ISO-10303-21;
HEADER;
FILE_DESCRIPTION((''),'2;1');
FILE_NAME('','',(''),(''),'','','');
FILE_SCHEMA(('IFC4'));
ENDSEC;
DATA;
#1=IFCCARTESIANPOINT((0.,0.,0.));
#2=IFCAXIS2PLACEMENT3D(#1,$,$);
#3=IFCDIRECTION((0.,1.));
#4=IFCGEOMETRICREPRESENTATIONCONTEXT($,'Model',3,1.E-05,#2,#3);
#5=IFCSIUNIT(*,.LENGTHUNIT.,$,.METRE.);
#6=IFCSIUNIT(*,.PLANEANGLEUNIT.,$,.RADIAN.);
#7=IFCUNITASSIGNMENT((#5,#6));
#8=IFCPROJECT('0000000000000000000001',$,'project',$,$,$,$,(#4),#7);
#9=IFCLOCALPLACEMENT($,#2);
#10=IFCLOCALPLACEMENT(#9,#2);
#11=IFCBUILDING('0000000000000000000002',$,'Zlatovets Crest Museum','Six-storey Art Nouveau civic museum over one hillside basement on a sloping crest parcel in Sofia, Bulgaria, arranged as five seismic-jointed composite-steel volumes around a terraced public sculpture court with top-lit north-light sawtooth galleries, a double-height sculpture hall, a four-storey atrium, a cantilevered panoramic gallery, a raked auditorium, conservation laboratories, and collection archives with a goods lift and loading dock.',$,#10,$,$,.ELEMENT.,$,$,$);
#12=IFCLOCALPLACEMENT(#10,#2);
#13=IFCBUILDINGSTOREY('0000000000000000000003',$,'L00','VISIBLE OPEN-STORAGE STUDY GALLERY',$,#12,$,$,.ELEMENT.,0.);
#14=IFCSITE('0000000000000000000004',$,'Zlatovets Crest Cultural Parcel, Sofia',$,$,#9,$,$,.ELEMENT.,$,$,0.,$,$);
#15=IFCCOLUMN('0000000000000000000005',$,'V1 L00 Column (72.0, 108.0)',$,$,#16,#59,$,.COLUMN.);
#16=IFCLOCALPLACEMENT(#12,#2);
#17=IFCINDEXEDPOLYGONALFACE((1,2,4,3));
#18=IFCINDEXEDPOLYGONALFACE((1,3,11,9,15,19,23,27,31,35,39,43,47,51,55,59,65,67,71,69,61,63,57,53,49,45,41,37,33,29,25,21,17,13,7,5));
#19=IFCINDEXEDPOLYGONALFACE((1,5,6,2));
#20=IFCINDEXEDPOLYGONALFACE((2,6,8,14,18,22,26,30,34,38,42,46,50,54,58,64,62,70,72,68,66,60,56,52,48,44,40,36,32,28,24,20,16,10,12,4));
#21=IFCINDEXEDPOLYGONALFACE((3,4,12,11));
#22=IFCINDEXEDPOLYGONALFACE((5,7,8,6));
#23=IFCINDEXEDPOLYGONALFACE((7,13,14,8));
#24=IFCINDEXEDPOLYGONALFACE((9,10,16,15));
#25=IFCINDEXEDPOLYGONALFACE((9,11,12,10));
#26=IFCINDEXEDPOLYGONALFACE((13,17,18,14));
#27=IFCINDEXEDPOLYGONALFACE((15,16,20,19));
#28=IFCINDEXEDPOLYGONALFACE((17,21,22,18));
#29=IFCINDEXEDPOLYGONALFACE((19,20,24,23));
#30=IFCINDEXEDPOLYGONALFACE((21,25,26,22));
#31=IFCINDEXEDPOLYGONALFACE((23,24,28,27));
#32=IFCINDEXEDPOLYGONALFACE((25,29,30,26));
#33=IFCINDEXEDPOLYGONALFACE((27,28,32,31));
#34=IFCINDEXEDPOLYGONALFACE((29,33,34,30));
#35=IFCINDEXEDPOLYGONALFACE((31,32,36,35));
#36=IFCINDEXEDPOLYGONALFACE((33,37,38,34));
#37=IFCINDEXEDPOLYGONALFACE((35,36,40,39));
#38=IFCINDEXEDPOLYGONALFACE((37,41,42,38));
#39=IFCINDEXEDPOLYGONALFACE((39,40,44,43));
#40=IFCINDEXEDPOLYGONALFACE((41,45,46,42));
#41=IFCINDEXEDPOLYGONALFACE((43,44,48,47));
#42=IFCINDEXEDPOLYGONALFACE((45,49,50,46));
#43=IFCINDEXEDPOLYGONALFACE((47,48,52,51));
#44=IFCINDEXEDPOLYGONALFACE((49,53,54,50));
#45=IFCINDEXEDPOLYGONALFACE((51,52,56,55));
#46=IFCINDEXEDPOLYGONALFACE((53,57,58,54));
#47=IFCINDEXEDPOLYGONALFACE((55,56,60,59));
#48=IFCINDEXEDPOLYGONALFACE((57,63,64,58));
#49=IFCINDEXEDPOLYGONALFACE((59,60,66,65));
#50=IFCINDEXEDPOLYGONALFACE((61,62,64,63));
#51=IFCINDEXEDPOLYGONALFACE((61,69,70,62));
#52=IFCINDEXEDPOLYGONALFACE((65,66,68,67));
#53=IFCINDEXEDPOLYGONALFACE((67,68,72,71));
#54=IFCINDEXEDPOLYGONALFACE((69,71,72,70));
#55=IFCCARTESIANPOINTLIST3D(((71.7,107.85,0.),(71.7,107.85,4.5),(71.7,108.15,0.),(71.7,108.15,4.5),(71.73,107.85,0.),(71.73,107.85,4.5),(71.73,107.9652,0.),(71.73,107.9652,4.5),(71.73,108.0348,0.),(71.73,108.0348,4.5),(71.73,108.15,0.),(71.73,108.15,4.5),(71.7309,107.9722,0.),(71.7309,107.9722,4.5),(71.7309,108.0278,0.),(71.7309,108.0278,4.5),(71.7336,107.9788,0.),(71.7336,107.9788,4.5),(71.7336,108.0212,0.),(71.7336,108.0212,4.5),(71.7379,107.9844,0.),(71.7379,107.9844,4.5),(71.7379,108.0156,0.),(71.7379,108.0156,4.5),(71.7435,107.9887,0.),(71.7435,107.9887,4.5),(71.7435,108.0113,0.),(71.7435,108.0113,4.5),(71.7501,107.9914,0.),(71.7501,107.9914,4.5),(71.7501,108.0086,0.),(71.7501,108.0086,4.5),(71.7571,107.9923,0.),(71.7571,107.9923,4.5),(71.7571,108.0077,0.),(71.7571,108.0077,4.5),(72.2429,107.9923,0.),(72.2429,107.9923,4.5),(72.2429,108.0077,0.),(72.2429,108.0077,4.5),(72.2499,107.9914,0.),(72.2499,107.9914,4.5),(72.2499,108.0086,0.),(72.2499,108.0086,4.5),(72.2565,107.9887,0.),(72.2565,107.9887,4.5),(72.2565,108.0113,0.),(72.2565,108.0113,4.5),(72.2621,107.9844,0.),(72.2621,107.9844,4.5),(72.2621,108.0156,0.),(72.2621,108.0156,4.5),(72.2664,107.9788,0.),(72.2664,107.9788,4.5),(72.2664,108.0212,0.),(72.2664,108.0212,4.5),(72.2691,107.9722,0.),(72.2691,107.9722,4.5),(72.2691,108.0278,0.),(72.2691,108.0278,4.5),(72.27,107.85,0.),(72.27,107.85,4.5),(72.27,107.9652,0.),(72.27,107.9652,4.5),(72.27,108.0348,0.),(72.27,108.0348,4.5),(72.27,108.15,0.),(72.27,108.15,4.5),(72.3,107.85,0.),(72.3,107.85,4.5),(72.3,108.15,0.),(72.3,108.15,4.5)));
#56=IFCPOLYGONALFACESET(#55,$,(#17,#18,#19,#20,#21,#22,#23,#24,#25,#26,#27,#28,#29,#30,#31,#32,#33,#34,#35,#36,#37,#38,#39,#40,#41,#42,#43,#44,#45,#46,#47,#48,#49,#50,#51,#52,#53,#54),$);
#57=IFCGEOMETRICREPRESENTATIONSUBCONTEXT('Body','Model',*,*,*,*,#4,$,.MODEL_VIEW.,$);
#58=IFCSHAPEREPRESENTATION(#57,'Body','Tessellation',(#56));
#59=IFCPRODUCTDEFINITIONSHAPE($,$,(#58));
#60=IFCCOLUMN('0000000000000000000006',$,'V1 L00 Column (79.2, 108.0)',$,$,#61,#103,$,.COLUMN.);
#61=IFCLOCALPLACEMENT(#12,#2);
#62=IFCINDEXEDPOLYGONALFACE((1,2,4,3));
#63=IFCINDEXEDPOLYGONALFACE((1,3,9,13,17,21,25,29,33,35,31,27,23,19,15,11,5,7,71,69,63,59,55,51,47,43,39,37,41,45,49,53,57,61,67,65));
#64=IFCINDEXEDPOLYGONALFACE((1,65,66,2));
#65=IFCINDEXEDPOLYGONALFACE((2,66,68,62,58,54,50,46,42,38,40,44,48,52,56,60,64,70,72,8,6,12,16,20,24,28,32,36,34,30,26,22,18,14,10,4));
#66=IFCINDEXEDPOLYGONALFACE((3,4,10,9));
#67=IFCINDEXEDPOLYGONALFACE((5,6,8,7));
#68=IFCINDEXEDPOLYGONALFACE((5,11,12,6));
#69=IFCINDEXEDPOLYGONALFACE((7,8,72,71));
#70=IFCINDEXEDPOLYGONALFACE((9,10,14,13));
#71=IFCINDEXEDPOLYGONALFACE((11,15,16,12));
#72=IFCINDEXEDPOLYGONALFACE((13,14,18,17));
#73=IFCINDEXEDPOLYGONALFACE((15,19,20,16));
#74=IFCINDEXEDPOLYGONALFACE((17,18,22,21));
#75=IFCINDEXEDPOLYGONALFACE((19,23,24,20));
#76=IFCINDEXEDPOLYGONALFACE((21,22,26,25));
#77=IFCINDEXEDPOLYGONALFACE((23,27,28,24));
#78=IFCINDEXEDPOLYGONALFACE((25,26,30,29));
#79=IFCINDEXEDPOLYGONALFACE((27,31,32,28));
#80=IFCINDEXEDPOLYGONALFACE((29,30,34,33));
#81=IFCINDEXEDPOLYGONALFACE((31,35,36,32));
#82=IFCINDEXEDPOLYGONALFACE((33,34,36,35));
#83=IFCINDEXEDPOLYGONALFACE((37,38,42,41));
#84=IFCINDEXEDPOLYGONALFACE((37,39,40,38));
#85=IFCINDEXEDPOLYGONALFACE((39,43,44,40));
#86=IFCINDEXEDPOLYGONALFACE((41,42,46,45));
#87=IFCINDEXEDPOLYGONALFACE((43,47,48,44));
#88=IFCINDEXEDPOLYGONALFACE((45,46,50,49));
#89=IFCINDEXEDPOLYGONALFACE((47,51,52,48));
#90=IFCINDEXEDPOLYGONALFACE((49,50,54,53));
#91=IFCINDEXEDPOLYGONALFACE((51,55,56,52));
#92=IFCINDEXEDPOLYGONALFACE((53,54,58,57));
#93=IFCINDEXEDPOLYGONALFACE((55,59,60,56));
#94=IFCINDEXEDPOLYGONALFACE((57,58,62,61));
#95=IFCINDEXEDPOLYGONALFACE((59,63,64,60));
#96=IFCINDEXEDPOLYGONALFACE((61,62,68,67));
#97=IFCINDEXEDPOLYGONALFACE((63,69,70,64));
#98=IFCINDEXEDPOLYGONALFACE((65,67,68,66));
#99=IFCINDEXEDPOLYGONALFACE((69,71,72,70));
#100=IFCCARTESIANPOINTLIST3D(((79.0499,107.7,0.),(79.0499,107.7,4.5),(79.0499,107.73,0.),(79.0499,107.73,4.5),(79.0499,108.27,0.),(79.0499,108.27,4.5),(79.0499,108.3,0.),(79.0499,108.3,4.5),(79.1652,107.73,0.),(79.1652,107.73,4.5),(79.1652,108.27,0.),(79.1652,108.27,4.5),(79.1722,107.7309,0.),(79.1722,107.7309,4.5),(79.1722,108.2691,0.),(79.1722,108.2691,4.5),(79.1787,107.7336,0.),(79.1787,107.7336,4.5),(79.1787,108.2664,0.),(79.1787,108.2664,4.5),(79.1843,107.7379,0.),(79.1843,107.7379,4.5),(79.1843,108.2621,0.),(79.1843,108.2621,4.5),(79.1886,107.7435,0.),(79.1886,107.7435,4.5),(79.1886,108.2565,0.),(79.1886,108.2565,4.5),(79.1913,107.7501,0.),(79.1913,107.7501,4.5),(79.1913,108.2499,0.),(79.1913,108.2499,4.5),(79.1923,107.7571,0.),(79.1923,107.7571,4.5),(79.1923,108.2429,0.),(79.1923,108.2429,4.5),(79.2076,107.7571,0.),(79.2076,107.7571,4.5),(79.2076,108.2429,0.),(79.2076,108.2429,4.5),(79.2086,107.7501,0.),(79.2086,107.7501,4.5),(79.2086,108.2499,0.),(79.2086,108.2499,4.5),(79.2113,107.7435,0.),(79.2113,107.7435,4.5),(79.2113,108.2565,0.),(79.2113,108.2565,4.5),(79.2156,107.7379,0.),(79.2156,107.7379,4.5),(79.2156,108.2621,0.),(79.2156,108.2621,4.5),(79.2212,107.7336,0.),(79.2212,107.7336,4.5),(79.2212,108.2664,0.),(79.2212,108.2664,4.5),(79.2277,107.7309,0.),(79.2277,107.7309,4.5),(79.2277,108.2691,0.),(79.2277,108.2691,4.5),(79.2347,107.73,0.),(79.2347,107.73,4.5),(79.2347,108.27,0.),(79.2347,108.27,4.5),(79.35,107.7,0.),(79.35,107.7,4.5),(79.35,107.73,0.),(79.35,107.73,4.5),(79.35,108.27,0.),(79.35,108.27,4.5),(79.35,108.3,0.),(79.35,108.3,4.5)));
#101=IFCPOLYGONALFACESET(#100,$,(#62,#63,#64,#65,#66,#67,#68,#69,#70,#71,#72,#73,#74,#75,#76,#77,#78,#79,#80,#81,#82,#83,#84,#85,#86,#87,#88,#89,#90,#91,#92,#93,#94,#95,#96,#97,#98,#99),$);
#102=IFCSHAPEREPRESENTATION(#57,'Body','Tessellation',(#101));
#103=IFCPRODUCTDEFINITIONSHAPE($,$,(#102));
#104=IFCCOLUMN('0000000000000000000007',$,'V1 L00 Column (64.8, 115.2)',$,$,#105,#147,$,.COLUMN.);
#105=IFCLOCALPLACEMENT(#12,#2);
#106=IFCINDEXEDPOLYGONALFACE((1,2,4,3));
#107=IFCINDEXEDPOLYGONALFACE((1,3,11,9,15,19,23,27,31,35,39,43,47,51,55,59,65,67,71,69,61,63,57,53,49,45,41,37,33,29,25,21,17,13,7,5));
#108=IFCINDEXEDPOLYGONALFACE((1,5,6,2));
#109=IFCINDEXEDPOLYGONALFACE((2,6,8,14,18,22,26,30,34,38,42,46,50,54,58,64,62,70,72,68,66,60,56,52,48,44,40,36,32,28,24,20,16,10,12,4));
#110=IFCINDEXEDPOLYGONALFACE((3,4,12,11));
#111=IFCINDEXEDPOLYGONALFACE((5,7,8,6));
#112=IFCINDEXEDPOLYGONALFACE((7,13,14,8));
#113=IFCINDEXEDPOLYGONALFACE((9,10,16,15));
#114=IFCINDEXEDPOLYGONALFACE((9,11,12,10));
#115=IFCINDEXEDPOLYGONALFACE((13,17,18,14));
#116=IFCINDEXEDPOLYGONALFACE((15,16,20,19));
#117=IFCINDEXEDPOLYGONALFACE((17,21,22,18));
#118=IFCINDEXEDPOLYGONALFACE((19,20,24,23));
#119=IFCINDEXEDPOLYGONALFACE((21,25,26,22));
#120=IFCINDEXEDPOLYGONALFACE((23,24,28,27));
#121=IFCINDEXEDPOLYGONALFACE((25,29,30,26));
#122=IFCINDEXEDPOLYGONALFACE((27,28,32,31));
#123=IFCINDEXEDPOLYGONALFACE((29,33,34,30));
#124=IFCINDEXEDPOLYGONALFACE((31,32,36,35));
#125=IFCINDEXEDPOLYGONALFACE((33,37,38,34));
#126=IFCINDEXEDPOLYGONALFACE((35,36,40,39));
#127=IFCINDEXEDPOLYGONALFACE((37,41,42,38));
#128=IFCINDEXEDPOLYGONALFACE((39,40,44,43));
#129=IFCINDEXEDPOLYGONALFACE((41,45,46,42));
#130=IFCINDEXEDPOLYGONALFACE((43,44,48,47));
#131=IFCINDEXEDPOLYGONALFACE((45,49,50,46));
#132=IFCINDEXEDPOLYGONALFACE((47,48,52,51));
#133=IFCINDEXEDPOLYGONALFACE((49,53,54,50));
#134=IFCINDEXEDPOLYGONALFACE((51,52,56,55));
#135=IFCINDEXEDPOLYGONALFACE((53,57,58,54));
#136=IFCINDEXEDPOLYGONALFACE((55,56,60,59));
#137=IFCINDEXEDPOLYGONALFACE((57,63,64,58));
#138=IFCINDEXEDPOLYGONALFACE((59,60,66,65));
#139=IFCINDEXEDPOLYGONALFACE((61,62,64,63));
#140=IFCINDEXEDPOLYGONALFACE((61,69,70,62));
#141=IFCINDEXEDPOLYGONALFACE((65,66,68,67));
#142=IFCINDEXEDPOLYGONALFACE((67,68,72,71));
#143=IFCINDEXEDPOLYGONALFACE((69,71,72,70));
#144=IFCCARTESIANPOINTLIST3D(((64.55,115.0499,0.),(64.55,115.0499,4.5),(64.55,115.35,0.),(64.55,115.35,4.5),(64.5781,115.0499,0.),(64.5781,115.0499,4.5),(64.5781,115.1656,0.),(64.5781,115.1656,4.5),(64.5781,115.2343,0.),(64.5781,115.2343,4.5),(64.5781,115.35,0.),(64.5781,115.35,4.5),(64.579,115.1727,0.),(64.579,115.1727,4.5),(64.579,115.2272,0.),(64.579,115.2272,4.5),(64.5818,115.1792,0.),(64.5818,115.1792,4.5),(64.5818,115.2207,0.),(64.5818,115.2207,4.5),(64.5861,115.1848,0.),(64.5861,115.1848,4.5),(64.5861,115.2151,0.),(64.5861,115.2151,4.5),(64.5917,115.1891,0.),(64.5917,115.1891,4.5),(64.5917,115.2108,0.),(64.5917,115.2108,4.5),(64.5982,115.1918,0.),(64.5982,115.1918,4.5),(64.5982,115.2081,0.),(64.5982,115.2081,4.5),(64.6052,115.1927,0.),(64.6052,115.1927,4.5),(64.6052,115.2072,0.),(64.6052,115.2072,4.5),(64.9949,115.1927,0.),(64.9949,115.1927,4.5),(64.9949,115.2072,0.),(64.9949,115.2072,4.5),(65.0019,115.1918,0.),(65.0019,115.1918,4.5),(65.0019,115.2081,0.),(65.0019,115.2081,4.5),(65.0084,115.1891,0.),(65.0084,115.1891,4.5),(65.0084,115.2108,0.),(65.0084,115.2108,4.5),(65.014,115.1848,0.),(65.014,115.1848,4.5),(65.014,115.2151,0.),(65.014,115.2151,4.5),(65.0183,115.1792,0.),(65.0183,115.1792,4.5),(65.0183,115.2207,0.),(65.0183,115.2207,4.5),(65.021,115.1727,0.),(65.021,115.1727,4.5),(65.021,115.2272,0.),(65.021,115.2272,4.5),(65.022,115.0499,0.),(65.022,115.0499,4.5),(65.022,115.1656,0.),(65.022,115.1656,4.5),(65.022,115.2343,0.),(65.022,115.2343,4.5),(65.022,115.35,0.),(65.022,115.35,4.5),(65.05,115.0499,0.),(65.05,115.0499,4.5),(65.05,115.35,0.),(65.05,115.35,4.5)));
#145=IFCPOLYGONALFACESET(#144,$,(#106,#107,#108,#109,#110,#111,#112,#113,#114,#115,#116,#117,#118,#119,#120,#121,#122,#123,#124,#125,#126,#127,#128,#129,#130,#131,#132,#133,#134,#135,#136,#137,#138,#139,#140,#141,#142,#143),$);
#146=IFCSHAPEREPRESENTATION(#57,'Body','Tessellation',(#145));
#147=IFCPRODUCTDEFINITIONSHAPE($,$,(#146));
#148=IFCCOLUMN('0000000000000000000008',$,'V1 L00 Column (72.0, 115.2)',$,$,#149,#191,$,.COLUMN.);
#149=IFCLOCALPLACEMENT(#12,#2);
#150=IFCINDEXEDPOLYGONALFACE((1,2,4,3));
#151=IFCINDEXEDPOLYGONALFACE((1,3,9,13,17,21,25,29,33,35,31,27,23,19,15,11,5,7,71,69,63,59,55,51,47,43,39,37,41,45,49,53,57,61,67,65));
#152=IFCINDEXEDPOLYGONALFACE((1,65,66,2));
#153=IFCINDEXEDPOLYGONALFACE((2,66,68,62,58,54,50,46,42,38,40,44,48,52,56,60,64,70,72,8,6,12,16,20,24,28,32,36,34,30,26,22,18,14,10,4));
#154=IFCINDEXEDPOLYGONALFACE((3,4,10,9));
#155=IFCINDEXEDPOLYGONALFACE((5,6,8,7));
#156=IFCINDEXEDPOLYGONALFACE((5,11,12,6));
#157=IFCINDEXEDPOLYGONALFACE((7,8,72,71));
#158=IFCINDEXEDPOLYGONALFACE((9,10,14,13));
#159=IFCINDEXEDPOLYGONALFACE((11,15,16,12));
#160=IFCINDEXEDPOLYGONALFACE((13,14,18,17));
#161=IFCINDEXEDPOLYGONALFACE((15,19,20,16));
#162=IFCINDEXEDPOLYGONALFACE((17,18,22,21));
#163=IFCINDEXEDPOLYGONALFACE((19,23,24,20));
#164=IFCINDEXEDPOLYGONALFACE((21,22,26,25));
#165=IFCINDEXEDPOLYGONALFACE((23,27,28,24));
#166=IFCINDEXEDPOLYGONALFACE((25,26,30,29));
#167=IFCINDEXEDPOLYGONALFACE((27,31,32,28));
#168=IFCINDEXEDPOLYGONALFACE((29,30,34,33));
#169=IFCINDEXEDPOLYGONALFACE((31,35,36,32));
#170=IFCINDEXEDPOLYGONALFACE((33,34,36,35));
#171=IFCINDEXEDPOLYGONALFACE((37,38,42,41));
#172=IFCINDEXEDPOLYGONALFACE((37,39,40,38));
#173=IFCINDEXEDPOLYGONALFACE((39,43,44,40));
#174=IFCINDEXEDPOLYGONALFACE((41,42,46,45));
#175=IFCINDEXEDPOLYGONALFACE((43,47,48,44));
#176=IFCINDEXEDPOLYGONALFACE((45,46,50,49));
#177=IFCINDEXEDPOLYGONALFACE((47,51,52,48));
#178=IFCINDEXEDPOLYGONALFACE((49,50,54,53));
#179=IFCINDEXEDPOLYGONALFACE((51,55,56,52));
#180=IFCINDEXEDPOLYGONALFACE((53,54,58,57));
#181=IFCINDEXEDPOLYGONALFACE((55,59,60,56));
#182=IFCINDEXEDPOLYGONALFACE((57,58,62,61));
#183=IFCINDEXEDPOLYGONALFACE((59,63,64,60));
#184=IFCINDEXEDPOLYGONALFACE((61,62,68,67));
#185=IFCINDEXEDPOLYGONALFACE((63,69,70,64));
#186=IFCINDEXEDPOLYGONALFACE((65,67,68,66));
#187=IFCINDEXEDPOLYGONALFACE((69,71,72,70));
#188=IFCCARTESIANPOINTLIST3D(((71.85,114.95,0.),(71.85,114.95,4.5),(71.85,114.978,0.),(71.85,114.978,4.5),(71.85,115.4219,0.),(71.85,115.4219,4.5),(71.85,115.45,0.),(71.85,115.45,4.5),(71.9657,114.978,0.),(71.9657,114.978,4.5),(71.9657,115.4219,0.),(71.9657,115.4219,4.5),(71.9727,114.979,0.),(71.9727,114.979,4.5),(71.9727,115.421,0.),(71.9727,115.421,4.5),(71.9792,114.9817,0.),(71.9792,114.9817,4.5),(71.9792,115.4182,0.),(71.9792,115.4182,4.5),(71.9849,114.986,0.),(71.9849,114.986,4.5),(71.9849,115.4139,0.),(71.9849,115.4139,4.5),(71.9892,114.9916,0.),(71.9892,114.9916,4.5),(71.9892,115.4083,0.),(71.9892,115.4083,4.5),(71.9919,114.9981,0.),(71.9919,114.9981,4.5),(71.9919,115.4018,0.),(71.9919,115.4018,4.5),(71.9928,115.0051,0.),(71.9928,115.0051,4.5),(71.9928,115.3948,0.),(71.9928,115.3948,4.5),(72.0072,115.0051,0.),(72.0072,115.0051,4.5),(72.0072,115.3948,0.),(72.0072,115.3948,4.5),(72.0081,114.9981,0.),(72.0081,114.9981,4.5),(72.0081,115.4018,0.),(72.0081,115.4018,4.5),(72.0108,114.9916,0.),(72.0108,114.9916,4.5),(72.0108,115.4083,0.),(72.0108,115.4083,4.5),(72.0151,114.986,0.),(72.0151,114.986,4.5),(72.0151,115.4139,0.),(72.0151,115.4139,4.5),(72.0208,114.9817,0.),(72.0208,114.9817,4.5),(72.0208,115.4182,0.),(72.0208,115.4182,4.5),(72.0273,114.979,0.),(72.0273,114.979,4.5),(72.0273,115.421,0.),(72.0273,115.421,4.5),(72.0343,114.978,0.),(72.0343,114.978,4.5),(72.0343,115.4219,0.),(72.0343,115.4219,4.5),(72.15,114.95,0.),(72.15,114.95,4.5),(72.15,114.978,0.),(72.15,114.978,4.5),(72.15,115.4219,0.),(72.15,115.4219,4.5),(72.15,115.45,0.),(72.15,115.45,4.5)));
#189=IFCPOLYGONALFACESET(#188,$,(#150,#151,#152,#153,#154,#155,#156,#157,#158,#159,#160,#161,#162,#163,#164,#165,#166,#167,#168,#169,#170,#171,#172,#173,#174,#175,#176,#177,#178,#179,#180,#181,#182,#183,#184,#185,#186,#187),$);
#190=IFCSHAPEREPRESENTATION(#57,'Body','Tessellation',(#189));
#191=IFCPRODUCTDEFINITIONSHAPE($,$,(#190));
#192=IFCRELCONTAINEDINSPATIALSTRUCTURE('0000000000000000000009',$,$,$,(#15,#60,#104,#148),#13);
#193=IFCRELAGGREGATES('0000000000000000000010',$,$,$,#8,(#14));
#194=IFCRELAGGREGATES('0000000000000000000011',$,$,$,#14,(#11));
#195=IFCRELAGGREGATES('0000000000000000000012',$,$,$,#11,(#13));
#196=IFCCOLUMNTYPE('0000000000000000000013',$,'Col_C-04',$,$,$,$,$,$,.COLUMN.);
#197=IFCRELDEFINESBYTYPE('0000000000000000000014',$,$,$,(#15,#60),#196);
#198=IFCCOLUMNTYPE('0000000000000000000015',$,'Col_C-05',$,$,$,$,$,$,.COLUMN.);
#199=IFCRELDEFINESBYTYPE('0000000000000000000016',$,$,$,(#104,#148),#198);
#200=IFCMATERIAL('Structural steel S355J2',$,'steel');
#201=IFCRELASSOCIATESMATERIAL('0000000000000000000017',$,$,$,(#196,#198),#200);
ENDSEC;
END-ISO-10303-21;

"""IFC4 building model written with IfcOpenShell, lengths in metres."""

from ifc_helpers import new_model, si_unit, direction, frame, origin, origin_2d, place, context, subcontext, project, spatial, i_section, extrude, material, material_profile, profile_set, type_object, element, save


model = new_model("IFC4")

# Units and contexts
model_context = context("Model", 3, precision=1e-05, world=origin(), true_north=direction((0.0, 1.0)))
body_context = subcontext(model_context, "Body", "Model", "MODEL_VIEW")
ifc_project = project(units=[si_unit("LENGTHUNIT", "METRE"), si_unit("PLANEANGLEUNIT", "RADIAN")], contexts=[model_context])

# Site, building, storey
site_placement = place(None, origin())
site = spatial("IfcSite", under=ifc_project, at=site_placement, Name="Zlatovets Crest Cultural Parcel, Sofia", CompositionType="ELEMENT", RefElevation=0.0)
building_placement = place(site_placement, origin())
building = spatial("IfcBuilding", under=site, at=building_placement, Name="Zlatovets Crest Museum", Description="Six-storey Art Nouveau civic museum over one hillside basement on a sloping crest parcel in Sofia, Bulgaria, arranged as five seismic-jointed composite-steel volumes around a terraced public sculpture court with top-lit north-light sawtooth galleries, a double-height sculpture hall, a four-storey atrium, a cantilevered panoramic gallery, a raked auditorium, conservation laboratories, and collection archives with a goods lift and loading dock.", CompositionType="ELEMENT")
storey_placement = place(building_placement, origin())
storey = spatial("IfcBuildingStorey", under=building, at=storey_placement, Name="L00", Description="VISIBLE OPEN-STORAGE STUDY GALLERY", CompositionType="ELEMENT", Elevation=0.0)

# Columns
ifc_material_1 = material(Name="Structural steel S355J2", Category="steel")
ifc_material_profile_1 = material_profile(ifc_material_1, i_section(OverallWidth=0.3, OverallDepth=0.6001, WebThickness=0.0154, FlangeThickness=0.03, FilletRadius=0.0271, at=origin_2d()), Name="HEB 600")
ifc_profile_set_1 = profile_set([ifc_material_profile_1], Name="Structural steel S355J2")
column_type_1 = type_object("IfcColumnType", Name="Col_C-04", PredefinedType="COLUMN", material=ifc_profile_set_1)
for number, where, z_axis, x_axis, name in (
    (1, (72.0, 108.0, 0.0), (0.0, 0.0, 1.0), (0.0, 1.0, 0.0), "V1 L00 Column (72.0, 108.0)"),
    (2, (79.2, 108.0, 0.0), (0.0, 0.0, 1.0), (1.0, 0.0, 0.0), "V1 L00 Column (79.2, 108.0)"),
):
    element("IfcColumn", number, at=place(storey_placement, frame(where, z_axis=z_axis, x_axis=x_axis)), inside=storey, type_object=column_type_1, Name=name, PredefinedType="COLUMN", context=body_context, shape_type="SweptSolid", body=[
        extrude(i_section(OverallWidth=0.3, OverallDepth=0.6001, WebThickness=0.0154, FlangeThickness=0.03, FilletRadius=0.0271, at=origin_2d()), origin(), (0.0, 0.0, 1.0), 4.5),
    ])
ifc_material_profile_2 = material_profile(ifc_material_1, i_section(OverallWidth=0.3, OverallDepth=0.5, WebThickness=0.0144, FlangeThickness=0.0281, FilletRadius=0.0271, at=origin_2d()), Name="HEB 500")
ifc_profile_set_2 = profile_set([ifc_material_profile_2], Name="Structural steel S355J2")
column_type_2 = type_object("IfcColumnType", Name="Col_C-05", PredefinedType="COLUMN", material=ifc_profile_set_2)
for number, where, z_axis, x_axis, name in (
    (3, (64.8, 115.2, 0.0), (0.0, 0.0, 1.0), (0.0, 1.0, 0.0), "V1 L00 Column (64.8, 115.2)"),
    (4, (72.0, 115.2, 0.0), (0.0, 0.0, 1.0), (1.0, 0.0, 0.0), "V1 L00 Column (72.0, 115.2)"),
):
    element("IfcColumn", number, at=place(storey_placement, frame(where, z_axis=z_axis, x_axis=x_axis)), inside=storey, type_object=column_type_2, Name=name, PredefinedType="COLUMN", context=body_context, shape_type="SweptSolid", body=[
        extrude(i_section(OverallWidth=0.3, OverallDepth=0.5, WebThickness=0.0144, FlangeThickness=0.0281, FilletRadius=0.0271, at=origin_2d()), origin(), (0.0, 0.0, 1.0), 4.5),
    ])

save(model, "model.ifc")
